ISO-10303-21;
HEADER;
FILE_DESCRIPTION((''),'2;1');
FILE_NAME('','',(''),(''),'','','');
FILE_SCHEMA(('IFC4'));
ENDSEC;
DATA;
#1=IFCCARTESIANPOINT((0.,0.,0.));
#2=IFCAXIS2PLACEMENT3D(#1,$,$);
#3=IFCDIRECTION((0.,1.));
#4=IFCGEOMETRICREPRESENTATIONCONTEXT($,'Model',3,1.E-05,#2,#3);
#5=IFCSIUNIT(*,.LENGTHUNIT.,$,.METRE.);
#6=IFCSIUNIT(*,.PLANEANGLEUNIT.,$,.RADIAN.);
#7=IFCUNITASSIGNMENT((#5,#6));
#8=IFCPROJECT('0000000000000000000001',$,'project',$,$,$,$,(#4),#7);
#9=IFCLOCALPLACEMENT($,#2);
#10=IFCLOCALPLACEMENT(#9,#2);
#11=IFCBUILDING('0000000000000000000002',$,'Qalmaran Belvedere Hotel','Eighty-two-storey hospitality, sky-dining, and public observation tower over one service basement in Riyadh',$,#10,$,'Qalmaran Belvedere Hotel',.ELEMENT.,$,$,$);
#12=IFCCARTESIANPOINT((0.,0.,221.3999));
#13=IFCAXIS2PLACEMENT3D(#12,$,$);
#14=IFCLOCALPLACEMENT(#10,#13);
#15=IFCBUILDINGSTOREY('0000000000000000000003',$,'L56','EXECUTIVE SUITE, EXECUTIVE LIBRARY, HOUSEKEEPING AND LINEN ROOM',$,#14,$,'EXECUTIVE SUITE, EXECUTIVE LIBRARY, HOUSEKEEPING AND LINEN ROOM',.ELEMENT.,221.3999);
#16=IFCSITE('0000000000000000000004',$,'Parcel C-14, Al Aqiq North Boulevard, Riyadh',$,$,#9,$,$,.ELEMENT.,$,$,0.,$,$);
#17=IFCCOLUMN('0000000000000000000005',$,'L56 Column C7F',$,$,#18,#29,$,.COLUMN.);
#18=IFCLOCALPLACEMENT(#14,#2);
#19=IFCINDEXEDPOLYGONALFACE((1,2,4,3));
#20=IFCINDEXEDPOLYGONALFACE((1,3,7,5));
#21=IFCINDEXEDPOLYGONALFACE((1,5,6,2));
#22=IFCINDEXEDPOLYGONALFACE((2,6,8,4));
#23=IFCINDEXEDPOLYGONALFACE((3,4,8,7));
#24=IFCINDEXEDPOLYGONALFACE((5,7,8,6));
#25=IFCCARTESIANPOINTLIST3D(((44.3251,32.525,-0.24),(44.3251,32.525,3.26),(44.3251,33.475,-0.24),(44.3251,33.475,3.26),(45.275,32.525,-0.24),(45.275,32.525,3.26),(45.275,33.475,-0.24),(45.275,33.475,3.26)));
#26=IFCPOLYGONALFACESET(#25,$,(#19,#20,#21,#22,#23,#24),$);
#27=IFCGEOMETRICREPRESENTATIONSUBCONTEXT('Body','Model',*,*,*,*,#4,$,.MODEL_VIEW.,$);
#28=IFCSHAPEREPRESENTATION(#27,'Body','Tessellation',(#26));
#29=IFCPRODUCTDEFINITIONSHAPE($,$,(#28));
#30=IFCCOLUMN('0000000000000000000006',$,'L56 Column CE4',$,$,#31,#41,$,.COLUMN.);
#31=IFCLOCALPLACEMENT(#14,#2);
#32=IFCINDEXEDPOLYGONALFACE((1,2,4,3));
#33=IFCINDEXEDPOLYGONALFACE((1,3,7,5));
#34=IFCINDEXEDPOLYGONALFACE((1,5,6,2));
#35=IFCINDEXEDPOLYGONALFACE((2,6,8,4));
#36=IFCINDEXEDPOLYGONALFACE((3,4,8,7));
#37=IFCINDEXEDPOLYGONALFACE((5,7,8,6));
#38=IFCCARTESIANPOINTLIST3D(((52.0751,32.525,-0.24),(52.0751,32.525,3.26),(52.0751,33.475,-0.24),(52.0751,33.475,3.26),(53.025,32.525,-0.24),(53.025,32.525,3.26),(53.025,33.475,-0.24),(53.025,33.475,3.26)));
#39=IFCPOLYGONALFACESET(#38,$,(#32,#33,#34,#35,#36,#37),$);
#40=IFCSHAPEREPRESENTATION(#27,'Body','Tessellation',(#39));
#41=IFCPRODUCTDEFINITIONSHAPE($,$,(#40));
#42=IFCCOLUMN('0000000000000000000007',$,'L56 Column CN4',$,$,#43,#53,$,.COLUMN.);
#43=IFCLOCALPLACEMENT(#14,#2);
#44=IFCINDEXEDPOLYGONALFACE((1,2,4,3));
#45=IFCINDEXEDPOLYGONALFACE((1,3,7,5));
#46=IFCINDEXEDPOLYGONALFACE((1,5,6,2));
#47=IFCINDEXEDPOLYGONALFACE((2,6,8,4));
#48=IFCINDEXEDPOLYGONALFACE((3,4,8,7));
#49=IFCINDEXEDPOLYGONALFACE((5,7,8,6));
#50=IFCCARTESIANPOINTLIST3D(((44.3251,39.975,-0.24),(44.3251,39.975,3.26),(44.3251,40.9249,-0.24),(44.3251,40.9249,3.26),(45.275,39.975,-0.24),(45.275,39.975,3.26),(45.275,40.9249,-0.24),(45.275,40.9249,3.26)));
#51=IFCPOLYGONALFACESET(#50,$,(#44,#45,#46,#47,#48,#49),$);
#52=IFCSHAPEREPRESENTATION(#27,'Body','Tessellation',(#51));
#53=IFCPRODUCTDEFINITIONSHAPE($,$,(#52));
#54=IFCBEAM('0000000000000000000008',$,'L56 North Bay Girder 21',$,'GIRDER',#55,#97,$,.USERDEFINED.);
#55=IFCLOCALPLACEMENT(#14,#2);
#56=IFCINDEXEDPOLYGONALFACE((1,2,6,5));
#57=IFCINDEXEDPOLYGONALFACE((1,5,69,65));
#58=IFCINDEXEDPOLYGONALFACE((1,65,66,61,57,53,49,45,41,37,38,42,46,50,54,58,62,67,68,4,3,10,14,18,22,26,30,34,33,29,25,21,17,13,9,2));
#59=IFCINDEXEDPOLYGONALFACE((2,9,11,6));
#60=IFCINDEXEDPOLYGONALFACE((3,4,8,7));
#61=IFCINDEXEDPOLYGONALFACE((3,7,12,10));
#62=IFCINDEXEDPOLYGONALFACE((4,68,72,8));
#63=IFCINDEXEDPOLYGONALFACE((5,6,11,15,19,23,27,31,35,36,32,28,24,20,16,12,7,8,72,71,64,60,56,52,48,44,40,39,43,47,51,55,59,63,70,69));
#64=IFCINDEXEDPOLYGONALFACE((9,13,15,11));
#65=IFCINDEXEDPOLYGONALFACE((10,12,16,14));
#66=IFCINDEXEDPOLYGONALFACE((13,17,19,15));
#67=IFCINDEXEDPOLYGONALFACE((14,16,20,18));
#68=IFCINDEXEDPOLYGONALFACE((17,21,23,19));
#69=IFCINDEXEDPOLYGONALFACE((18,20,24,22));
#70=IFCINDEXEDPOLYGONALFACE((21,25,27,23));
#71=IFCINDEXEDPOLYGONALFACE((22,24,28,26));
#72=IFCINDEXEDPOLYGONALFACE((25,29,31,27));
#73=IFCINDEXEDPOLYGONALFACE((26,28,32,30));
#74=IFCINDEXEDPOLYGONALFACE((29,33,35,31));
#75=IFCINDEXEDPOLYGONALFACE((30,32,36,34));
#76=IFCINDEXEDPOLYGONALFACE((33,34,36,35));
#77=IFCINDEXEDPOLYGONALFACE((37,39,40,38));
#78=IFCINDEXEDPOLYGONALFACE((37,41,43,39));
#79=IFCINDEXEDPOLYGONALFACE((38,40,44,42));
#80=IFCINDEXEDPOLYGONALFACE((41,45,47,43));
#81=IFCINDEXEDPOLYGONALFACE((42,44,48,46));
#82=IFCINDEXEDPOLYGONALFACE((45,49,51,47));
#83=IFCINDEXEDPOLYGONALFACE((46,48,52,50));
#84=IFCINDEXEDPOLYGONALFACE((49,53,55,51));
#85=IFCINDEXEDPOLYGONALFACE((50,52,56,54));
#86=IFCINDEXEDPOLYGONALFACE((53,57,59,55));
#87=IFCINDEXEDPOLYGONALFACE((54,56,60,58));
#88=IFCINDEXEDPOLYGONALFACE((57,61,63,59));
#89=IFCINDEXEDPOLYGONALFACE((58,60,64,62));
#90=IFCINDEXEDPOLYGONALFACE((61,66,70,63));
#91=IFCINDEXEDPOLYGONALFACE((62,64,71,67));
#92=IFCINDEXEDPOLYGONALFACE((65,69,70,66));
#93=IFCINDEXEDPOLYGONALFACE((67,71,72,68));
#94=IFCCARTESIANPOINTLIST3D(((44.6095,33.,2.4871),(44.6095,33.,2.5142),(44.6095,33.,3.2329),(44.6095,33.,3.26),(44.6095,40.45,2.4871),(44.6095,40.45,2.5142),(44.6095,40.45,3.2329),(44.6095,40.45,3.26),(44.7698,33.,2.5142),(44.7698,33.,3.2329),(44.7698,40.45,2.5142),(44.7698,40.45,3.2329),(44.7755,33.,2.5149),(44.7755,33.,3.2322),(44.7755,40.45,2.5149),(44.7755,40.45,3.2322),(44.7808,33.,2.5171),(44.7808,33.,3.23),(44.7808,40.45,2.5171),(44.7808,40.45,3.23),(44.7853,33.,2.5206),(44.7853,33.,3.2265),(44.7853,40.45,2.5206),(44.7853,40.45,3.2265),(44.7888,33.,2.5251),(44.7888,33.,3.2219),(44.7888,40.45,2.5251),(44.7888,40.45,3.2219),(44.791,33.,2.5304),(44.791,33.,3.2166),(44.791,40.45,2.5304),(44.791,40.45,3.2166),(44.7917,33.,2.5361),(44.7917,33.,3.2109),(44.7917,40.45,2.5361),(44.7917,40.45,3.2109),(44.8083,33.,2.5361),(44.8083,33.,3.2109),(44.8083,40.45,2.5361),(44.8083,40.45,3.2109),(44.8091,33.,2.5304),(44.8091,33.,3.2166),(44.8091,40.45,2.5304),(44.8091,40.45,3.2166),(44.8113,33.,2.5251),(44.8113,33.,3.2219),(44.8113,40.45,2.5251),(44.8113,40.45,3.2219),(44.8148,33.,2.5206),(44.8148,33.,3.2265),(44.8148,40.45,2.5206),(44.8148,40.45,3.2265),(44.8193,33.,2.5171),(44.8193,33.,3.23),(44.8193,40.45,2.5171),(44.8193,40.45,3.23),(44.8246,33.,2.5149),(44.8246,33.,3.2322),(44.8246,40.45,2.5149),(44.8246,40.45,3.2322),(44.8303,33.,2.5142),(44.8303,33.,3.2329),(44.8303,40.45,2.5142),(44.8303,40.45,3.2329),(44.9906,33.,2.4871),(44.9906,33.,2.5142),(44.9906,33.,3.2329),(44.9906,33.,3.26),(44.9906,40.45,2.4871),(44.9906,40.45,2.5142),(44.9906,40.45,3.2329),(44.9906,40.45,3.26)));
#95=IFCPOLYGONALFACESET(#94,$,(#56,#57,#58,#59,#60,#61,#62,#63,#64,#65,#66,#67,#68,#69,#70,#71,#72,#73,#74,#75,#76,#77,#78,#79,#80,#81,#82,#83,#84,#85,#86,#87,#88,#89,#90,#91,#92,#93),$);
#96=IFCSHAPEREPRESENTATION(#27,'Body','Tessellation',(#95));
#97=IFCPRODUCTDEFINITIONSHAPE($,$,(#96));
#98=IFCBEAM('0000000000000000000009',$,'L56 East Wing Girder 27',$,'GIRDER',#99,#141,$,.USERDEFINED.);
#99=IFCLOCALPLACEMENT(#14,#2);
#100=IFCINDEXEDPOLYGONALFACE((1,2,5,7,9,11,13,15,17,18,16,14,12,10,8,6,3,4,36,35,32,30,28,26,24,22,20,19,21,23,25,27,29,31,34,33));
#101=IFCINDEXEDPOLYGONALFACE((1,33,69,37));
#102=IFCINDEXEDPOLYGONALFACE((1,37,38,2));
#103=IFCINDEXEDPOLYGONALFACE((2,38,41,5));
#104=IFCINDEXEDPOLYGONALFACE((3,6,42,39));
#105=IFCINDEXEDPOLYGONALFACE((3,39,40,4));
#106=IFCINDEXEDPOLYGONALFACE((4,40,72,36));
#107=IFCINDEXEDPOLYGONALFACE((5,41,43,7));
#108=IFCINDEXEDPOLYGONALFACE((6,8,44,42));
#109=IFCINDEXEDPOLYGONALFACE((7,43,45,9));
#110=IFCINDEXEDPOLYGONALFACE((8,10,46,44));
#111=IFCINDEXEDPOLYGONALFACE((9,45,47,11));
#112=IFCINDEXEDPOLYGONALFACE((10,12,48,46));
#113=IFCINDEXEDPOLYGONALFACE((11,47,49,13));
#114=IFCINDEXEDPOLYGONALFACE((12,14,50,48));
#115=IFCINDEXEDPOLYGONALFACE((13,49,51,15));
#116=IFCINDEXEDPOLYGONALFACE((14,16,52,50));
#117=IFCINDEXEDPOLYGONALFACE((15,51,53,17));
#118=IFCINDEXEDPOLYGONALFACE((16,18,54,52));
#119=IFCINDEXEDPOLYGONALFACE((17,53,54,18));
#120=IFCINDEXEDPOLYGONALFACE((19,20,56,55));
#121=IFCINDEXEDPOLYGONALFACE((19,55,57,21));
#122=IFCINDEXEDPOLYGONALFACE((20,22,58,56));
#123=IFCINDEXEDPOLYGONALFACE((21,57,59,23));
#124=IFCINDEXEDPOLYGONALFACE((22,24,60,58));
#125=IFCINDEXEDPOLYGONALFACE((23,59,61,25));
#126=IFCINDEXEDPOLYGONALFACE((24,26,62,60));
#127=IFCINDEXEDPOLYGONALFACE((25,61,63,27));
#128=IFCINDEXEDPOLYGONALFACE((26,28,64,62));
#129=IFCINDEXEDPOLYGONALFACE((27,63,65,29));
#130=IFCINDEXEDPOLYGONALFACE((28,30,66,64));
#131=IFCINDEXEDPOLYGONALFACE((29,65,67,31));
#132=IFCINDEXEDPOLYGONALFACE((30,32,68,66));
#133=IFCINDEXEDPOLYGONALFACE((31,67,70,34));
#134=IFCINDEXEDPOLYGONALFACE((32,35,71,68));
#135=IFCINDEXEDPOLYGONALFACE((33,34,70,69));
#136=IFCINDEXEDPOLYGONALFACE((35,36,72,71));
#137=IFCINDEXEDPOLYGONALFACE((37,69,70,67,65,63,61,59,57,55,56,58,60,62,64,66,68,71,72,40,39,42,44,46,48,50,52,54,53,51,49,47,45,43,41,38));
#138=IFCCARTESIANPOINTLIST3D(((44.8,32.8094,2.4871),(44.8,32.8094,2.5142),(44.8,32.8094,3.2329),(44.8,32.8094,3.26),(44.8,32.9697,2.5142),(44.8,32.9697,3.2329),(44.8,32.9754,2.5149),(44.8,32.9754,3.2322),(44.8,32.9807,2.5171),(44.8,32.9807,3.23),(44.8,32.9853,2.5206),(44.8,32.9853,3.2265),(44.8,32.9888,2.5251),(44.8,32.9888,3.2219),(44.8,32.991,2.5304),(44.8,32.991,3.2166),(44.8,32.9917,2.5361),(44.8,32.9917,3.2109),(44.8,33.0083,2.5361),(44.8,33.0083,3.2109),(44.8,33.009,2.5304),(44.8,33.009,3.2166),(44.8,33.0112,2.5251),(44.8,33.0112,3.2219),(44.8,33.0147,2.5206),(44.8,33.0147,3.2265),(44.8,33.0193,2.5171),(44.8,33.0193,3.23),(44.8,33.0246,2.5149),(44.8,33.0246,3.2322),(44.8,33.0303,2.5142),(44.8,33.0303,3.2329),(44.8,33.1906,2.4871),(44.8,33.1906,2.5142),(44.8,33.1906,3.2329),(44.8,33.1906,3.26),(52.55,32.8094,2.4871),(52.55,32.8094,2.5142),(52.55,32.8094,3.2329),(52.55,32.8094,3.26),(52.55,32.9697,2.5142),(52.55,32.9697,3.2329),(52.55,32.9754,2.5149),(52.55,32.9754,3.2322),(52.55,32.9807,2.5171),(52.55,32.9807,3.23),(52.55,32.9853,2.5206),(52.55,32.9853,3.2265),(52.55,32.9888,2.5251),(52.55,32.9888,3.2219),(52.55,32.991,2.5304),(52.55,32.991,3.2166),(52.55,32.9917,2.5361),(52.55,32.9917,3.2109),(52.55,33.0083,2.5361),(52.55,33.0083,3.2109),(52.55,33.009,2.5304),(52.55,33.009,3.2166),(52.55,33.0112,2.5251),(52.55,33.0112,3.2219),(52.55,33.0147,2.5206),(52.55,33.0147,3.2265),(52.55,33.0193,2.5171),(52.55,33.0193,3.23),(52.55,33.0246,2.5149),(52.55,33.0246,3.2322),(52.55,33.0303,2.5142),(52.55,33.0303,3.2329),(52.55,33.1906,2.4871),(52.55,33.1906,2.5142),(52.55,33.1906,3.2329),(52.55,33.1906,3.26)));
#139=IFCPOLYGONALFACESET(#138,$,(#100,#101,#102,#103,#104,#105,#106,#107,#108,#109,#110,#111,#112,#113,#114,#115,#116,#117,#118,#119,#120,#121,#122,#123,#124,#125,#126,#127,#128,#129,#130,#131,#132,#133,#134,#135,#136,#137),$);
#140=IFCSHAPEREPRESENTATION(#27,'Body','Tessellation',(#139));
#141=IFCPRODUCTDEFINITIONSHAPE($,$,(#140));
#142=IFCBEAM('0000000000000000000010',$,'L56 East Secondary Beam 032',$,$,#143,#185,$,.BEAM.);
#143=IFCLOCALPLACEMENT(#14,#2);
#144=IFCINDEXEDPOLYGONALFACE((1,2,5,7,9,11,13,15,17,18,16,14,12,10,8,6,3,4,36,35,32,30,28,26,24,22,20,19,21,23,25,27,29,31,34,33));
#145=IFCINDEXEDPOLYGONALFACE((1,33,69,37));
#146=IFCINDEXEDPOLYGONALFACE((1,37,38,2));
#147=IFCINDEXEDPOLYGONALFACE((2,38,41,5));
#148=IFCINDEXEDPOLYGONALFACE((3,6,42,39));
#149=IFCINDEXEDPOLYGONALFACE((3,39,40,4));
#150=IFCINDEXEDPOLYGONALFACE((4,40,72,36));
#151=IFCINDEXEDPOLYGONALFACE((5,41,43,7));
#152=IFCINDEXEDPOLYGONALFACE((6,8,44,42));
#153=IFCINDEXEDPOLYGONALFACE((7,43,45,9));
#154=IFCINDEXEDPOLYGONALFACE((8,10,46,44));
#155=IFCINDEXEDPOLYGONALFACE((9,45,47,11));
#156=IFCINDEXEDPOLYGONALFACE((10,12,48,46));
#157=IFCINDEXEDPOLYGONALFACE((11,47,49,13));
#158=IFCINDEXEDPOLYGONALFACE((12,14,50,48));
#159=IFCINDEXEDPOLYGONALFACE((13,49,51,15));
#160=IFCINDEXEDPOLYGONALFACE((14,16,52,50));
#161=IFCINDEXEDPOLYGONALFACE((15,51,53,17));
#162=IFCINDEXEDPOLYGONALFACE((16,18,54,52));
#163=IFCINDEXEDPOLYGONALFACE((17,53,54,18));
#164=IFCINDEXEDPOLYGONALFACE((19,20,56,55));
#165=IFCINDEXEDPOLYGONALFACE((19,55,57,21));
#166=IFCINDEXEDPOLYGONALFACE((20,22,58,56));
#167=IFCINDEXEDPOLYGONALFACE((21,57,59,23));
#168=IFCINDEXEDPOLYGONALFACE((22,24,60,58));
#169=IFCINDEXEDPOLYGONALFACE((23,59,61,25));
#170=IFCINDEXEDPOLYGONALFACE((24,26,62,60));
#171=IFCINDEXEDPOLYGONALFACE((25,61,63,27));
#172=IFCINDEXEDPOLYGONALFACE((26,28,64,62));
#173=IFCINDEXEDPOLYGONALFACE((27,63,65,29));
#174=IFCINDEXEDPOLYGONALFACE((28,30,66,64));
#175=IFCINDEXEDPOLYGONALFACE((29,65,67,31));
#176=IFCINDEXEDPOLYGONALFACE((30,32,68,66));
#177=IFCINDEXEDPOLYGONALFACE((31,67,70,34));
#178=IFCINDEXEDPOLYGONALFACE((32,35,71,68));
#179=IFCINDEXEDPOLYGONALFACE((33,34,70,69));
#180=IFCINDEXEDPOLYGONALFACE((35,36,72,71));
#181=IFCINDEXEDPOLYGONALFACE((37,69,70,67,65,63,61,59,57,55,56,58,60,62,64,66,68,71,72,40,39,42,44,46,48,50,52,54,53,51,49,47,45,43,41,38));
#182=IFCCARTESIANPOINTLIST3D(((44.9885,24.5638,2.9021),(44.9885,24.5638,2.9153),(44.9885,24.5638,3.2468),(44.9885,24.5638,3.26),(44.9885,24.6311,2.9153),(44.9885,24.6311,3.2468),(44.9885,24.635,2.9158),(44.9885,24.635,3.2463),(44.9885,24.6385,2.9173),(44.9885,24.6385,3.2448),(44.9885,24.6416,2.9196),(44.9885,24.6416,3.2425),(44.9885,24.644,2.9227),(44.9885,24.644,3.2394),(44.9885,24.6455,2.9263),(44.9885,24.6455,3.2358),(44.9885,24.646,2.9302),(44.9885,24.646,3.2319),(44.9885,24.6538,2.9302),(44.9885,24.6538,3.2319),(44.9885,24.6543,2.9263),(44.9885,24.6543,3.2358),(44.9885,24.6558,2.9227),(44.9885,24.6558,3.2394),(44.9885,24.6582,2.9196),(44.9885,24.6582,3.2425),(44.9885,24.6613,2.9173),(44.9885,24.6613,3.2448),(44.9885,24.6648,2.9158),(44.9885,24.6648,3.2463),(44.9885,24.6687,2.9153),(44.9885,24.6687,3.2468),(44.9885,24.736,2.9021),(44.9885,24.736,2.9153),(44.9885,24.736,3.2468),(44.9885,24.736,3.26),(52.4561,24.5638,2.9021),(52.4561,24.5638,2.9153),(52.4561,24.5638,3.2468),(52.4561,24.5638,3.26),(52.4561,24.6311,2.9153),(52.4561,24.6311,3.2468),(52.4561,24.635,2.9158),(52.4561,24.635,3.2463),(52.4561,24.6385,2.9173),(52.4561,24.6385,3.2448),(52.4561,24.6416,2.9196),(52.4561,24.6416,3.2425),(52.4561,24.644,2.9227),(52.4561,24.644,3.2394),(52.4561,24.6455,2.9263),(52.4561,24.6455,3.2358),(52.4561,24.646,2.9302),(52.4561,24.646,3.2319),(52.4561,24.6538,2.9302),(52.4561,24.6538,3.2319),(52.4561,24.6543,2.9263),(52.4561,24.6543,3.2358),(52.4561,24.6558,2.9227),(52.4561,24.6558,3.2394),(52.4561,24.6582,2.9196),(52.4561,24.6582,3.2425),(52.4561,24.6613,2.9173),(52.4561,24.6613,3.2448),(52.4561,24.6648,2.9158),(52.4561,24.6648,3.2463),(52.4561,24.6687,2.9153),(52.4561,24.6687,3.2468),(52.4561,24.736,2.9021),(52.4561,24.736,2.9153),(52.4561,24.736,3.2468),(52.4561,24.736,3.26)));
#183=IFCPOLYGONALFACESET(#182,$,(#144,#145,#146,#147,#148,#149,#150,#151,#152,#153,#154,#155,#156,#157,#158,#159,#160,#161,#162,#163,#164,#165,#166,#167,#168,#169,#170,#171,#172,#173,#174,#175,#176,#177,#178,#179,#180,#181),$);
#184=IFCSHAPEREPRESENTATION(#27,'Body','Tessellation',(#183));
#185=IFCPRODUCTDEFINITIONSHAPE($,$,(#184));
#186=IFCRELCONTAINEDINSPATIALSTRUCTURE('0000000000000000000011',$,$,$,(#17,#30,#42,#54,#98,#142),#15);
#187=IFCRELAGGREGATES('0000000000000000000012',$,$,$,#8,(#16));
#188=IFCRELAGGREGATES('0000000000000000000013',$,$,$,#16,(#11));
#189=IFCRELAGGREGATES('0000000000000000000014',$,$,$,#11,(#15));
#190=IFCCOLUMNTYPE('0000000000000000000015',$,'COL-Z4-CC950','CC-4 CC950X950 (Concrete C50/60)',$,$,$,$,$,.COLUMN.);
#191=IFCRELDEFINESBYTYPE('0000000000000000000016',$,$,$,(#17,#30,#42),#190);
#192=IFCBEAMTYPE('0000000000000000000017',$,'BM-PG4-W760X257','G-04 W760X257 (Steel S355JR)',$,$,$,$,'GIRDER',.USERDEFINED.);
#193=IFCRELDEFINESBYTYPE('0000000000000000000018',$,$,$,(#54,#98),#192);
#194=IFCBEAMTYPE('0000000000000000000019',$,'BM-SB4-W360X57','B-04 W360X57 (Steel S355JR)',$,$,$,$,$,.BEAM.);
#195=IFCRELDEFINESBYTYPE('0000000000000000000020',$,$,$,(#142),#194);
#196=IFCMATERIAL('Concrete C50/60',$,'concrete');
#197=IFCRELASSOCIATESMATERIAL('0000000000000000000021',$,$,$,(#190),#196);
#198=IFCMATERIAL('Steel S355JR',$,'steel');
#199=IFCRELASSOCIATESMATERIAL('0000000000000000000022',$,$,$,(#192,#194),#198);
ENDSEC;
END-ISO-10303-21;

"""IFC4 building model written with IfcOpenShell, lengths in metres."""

from ifc_helpers import new_model, si_unit, direction, frame, origin, origin_2d, place, context, subcontext, project, spatial, rectangle, i_section, extrude, material, material_profile, profile_set, type_object, element, save


model = new_model("IFC4")

# Units and contexts
model_context = context("Model", 3, precision=1e-05, world=origin(), true_north=direction((0.0, 1.0)))
body_context = subcontext(model_context, "Body", "Model", "MODEL_VIEW")
ifc_project = project(units=[si_unit("LENGTHUNIT", "METRE"), si_unit("PLANEANGLEUNIT", "RADIAN")], contexts=[model_context])

# Site, building, storey
site_placement = place(None, origin())
site = spatial("IfcSite", under=ifc_project, at=site_placement, Name="Parcel C-14, Al Aqiq North Boulevard, Riyadh", CompositionType="ELEMENT", RefElevation=0.0)
building_placement = place(site_placement, origin())
building = spatial("IfcBuilding", under=site, at=building_placement, Name="Qalmaran Belvedere Hotel", Description="Eighty-two-storey hospitality, sky-dining, and public observation tower over one service basement in Riyadh", LongName="Qalmaran Belvedere Hotel", CompositionType="ELEMENT")
storey_placement = place(building_placement, frame((0.0, 0.0, 221.3999)))
storey = spatial("IfcBuildingStorey", under=building, at=storey_placement, Name="L56", Description="EXECUTIVE SUITE, EXECUTIVE LIBRARY, HOUSEKEEPING AND LINEN ROOM", LongName="EXECUTIVE SUITE, EXECUTIVE LIBRARY, HOUSEKEEPING AND LINEN ROOM", CompositionType="ELEMENT", Elevation=221.3999)

# Columns
ifc_material_1 = material(Name="Concrete C50/60", Category="concrete")
ifc_material_profile_1 = material_profile(ifc_material_1, rectangle(XDim=0.95, YDim=0.95, at=origin_2d()), Name="CC950X950")
ifc_profile_set_1 = profile_set([ifc_material_profile_1], Name="Concrete C50/60")
column_type = type_object("IfcColumnType", Name="COL-Z4-CC950", Description="CC-4 CC950X950 (Concrete C50/60)", PredefinedType="COLUMN", material=ifc_profile_set_1)
for number, where, z_axis, x_axis, name in (
    (1, (44.8, 33.0, -0.24), (0.0, 0.0, 1.0), (1.0, 0.0, 0.0), "L56 Column C7F"),
    (2, (52.55, 33.0, -0.24), (0.0, 0.0, 1.0), (1.0, 0.0, 0.0), "L56 Column CE4"),
    (3, (44.8, 40.45, -0.24), (0.0, 0.0, 1.0), (1.0, 0.0, 0.0), "L56 Column CN4"),
):
    element("IfcColumn", number, at=place(storey_placement, frame(where, z_axis=z_axis, x_axis=x_axis)), inside=storey, type_object=column_type, Name=name, PredefinedType="COLUMN", context=body_context, shape_type="SweptSolid", body=[
        extrude(rectangle(XDim=0.95, YDim=0.95, at=origin_2d()), origin(), (0.0, 0.0, 1.0), 3.5),
    ])

# Beams
ifc_material_2 = material(Name="Steel S355JR", Category="steel")
ifc_material_profile_2 = material_profile(ifc_material_2, i_section(OverallWidth=0.3811, OverallDepth=0.7729, WebThickness=0.0166, FlangeThickness=0.0271, FilletRadius=0.022, at=origin_2d()), Name="W760X257")
ifc_profile_set_2 = profile_set([ifc_material_profile_2], Name="Steel S355JR")
beam_type_1 = type_object("IfcBeamType", Name="BM-PG4-W760X257", Description="G-04 W760X257 (Steel S355JR)", ElementType="GIRDER", PredefinedType="USERDEFINED", material=ifc_profile_set_2)
beam_1_placement = place(storey_placement, frame((44.8, 33.0, 2.8735), z_axis=(0.0, 1.0, 0.0), x_axis=(-1.0, 0.0, 0.0)))
element("IfcBeam", 4, at=beam_1_placement, inside=storey, type_object=beam_type_1, Name="L56 North Bay Girder 21", ObjectType="GIRDER", PredefinedType="USERDEFINED", context=body_context, shape_type="SweptSolid", body=[
    extrude(i_section(OverallWidth=0.3811, OverallDepth=0.7729, WebThickness=0.0166, FlangeThickness=0.0271, FilletRadius=0.022, at=origin_2d()), origin(), (0.0, 0.0, 1.0), 7.45),
])
beam_2_placement = place(storey_placement, frame((44.8, 33.0, 2.8735), z_axis=(1.0, 0.0, 0.0), x_axis=(0.0, 1.0, 0.0)))
element("IfcBeam", 5, at=beam_2_placement, inside=storey, type_object=beam_type_1, Name="L56 East Wing Girder 27", ObjectType="GIRDER", PredefinedType="USERDEFINED", context=body_context, shape_type="SweptSolid", body=[
    extrude(i_section(OverallWidth=0.3811, OverallDepth=0.7729, WebThickness=0.0166, FlangeThickness=0.0271, FilletRadius=0.022, at=origin_2d()), origin(), (0.0, 0.0, 1.0), 7.75),
])
ifc_material_profile_3 = material_profile(ifc_material_2, i_section(OverallWidth=0.1721, OverallDepth=0.3579, WebThickness=0.0078, FlangeThickness=0.0132, FilletRadius=0.0149, at=origin_2d()), Name="W360X57")
ifc_profile_set_3 = profile_set([ifc_material_profile_3], Name="Steel S355JR")
beam_type_2 = type_object("IfcBeamType", Name="BM-SB4-W360X57", Description="B-04 W360X57 (Steel S355JR)", PredefinedType="BEAM", material=ifc_profile_set_3)
for number, where, z_axis, x_axis, name in (
    (6, (44.9885, 24.6499, 3.0811), (1.0, 0.0, 0.0), (0.0, 1.0, 0.0), "L56 East Secondary Beam 032"),
):
    element("IfcBeam", number, at=place(storey_placement, frame(where, z_axis=z_axis, x_axis=x_axis)), inside=storey, type_object=beam_type_2, Name=name, PredefinedType="BEAM", context=body_context, shape_type="SweptSolid", body=[
        extrude(i_section(OverallWidth=0.1721, OverallDepth=0.3579, WebThickness=0.0078, FlangeThickness=0.0132, FilletRadius=0.0149, at=origin_2d()), origin(), (0.0, 0.0, 1.0), 7.4675),
    ])

save(model, "model.ifc")
